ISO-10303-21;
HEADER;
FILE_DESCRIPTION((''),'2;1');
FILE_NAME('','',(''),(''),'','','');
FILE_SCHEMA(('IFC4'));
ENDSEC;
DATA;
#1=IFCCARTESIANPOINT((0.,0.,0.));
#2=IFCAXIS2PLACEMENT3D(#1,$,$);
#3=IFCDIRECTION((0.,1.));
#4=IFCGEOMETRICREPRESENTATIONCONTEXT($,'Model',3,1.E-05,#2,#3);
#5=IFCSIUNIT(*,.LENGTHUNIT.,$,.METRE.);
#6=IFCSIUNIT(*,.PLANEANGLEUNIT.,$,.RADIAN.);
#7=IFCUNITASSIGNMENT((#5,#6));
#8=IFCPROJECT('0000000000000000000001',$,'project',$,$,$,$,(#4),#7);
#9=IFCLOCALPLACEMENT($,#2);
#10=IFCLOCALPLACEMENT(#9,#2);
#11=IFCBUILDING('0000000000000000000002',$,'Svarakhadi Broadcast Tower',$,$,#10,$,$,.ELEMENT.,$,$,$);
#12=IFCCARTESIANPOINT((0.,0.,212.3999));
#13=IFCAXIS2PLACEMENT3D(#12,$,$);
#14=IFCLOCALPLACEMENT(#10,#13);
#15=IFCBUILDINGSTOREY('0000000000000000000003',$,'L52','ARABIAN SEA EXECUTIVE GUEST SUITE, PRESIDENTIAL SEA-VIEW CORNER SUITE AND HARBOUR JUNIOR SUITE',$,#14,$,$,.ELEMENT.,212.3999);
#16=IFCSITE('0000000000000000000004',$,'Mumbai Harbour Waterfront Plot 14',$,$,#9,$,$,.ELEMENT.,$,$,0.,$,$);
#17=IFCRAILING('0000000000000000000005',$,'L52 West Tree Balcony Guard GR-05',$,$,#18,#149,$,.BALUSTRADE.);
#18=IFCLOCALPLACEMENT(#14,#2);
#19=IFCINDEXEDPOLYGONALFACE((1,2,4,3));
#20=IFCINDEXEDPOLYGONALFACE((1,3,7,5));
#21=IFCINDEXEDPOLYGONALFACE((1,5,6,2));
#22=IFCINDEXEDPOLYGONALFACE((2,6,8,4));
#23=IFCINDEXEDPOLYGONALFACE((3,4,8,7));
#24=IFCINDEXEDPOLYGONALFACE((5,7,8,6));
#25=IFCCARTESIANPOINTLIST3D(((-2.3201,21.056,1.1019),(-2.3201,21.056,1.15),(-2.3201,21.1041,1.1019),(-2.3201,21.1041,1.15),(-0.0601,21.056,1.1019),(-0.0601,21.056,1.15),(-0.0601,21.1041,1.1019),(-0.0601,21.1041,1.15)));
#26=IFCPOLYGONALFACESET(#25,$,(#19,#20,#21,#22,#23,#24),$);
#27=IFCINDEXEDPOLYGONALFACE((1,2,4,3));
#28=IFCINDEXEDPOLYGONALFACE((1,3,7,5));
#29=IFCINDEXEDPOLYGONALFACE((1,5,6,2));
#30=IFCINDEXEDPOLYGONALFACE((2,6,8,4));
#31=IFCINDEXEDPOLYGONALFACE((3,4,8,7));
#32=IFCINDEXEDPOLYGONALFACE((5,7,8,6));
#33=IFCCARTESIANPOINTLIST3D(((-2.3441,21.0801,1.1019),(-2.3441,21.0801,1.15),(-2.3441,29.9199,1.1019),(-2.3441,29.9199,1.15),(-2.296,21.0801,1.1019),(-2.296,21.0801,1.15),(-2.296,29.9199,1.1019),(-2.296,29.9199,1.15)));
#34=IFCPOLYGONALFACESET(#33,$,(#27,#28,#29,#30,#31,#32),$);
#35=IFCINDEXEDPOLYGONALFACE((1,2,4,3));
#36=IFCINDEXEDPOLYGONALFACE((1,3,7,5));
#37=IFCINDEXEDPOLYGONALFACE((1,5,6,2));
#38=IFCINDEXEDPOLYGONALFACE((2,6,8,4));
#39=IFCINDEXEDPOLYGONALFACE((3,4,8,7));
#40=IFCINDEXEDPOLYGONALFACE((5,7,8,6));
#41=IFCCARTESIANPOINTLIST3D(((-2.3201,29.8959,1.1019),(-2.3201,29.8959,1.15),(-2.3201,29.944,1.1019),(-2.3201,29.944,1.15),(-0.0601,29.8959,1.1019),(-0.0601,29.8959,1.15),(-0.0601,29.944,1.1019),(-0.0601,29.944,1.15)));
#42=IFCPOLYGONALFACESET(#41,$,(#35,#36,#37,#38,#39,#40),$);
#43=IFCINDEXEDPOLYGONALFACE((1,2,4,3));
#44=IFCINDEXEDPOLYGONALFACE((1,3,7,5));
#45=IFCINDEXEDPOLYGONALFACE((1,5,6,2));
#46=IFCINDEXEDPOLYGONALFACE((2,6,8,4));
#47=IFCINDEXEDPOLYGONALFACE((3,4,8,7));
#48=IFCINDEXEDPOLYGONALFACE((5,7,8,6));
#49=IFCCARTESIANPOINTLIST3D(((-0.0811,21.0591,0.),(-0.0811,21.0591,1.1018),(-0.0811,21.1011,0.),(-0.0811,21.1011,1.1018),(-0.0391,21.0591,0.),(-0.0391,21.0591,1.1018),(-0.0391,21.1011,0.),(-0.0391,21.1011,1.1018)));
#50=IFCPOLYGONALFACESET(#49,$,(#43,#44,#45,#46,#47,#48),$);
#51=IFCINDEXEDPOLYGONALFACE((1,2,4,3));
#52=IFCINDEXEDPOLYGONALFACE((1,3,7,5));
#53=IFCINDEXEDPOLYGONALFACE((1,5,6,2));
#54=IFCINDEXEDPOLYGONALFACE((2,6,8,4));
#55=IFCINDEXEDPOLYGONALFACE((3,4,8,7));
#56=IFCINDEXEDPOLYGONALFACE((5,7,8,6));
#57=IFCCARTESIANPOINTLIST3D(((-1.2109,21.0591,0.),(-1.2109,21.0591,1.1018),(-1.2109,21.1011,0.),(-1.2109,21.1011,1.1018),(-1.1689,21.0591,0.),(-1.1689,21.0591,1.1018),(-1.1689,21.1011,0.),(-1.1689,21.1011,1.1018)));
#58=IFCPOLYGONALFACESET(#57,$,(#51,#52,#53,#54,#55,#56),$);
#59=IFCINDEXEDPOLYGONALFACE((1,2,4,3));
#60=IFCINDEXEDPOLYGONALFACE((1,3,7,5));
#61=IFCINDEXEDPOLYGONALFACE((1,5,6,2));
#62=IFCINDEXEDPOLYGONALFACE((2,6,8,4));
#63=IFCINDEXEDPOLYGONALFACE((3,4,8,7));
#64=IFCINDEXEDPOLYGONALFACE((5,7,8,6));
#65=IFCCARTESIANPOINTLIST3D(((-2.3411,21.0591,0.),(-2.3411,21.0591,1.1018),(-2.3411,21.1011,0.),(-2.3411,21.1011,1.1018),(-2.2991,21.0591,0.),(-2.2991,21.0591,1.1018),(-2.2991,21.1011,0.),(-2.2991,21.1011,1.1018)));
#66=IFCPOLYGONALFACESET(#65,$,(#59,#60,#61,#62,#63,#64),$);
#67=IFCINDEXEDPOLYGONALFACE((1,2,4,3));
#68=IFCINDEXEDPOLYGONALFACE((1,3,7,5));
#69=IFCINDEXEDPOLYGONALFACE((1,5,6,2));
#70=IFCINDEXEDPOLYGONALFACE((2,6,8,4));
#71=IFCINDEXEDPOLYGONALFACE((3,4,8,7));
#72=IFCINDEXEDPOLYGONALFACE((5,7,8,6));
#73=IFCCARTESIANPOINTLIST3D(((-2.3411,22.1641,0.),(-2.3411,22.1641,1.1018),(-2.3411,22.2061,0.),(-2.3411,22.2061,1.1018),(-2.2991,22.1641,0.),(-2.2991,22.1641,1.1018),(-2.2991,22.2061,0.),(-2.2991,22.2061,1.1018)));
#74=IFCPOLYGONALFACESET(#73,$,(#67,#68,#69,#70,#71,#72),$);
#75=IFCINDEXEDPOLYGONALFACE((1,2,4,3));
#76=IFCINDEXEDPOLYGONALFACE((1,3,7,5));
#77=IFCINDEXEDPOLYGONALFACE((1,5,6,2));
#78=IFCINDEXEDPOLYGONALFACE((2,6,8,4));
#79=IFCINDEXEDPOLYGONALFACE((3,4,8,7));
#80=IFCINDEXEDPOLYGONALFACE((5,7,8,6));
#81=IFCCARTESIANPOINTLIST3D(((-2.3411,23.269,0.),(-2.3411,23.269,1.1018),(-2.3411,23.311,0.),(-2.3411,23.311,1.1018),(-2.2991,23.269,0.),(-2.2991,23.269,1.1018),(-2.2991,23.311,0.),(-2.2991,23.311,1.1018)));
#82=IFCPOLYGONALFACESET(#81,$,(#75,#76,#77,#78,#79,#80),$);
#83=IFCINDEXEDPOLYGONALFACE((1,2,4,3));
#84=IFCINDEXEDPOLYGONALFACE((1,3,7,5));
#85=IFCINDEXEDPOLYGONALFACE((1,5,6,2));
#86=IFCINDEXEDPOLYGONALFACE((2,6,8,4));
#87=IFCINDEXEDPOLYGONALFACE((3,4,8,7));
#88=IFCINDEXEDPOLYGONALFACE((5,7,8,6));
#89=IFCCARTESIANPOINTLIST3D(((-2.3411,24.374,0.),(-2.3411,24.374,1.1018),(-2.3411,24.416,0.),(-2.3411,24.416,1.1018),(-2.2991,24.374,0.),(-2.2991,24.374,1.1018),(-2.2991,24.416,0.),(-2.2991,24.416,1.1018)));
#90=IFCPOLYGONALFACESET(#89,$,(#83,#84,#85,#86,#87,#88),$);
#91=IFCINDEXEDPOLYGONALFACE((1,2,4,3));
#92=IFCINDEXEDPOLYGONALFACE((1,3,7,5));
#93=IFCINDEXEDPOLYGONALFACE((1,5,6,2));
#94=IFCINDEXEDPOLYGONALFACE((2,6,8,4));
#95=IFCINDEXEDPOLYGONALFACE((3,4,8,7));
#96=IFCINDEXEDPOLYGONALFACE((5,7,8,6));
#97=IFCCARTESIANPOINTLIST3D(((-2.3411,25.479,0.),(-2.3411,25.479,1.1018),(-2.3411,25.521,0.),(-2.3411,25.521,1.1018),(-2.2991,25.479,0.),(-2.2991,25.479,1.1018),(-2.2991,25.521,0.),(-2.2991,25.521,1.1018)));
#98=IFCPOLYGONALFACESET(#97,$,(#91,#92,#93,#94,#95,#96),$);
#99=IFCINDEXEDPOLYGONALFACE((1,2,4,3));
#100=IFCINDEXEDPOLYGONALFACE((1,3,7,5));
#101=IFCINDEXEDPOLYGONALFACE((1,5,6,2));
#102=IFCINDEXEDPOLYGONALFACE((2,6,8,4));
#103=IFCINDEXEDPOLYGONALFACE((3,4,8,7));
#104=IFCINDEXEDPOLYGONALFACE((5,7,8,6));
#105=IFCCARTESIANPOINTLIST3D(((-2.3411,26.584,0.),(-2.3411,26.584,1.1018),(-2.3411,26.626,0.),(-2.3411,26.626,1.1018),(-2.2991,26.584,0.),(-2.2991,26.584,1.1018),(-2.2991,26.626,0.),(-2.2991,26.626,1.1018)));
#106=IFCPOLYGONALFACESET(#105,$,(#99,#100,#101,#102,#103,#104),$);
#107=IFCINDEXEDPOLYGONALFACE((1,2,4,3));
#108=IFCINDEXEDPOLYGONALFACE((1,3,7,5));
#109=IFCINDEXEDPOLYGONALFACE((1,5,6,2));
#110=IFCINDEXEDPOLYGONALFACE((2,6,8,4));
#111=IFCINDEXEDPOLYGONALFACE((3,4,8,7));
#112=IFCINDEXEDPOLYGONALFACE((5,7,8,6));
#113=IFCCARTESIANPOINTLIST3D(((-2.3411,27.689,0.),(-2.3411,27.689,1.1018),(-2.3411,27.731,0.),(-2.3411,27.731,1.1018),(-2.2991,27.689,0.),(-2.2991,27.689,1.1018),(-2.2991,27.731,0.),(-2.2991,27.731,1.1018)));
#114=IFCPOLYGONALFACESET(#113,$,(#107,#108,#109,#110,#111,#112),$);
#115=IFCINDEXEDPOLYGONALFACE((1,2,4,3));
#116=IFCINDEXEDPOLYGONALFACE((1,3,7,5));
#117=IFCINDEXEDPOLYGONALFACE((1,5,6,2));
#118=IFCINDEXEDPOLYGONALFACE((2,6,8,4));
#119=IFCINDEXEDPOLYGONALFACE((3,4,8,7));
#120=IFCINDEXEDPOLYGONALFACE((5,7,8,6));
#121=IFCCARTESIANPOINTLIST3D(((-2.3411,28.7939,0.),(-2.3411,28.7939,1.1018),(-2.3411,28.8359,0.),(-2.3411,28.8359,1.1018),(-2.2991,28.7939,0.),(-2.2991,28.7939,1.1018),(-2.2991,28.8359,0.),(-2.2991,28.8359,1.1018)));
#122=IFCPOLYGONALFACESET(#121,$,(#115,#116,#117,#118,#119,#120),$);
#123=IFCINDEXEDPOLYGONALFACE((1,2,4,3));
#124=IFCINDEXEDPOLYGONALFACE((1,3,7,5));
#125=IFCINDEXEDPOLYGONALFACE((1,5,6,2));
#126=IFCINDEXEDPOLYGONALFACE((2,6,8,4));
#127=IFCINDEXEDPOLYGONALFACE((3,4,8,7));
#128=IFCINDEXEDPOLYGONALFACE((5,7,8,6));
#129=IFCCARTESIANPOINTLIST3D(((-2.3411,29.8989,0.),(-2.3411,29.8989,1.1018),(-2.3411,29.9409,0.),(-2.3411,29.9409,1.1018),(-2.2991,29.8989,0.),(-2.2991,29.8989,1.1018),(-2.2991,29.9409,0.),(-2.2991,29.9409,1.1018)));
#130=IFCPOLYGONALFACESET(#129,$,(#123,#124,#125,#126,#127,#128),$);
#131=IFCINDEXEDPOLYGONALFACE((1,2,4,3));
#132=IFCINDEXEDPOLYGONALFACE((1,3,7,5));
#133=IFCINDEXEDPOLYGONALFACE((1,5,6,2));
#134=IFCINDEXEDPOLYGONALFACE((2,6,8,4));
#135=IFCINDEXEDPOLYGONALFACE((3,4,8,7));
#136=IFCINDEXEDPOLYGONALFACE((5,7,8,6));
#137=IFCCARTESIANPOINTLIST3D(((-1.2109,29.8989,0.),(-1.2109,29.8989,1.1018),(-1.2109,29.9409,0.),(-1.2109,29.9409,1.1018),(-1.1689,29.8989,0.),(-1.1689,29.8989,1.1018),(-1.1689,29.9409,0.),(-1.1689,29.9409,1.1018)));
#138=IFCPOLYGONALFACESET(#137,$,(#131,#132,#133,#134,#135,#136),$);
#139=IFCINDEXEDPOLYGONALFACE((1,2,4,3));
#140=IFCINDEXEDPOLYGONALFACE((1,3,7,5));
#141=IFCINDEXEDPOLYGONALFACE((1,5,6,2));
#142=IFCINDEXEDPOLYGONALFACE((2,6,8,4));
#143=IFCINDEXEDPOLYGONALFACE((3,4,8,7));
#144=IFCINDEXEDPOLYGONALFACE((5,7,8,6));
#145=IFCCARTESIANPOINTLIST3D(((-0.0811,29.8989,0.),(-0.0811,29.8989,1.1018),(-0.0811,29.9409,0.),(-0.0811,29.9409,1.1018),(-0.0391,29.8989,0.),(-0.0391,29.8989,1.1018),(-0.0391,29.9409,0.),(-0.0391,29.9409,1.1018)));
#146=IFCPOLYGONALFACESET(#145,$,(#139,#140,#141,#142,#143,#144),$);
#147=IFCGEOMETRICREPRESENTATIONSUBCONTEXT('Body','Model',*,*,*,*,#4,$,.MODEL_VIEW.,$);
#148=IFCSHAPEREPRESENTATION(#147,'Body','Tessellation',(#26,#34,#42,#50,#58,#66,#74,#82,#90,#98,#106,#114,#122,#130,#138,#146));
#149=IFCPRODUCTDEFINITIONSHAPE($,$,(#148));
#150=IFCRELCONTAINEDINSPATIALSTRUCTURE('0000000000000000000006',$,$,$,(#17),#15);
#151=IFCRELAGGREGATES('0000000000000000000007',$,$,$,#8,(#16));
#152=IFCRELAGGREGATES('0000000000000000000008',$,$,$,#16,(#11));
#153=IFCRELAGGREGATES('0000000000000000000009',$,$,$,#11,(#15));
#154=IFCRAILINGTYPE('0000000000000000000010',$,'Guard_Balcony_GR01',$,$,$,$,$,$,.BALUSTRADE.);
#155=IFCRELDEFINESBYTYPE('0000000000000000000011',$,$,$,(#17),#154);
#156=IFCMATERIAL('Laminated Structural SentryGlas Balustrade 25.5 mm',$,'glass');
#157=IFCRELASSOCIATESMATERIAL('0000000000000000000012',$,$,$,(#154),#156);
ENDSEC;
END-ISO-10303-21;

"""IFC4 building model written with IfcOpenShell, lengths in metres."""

from ifc_helpers import new_model, si_unit, direction, frame, origin, origin_2d, place, context, subcontext, project, spatial, rectangle, extrude, material, type_object, element, save


model = new_model("IFC4")

# Units and contexts
model_context = context("Model", 3, precision=1e-05, world=origin(), true_north=direction((0.0, 1.0)))
body_context = subcontext(model_context, "Body", "Model", "MODEL_VIEW")
ifc_project = project(units=[si_unit("LENGTHUNIT", "METRE"), si_unit("PLANEANGLEUNIT", "RADIAN")], contexts=[model_context])

# Site, building, storey
site_placement = place(None, origin())
site = spatial("IfcSite", under=ifc_project, at=site_placement, Name="Mumbai Harbour Waterfront Plot 14", CompositionType="ELEMENT", RefElevation=0.0)
building_placement = place(site_placement, origin())
building = spatial("IfcBuilding", under=site, at=building_placement, Name="Svarakhadi Broadcast Tower", CompositionType="ELEMENT")
storey_placement = place(building_placement, frame((0.0, 0.0, 212.3999)))
storey = spatial("IfcBuildingStorey", under=building, at=storey_placement, Name="L52", Description="ARABIAN SEA EXECUTIVE GUEST SUITE, PRESIDENTIAL SEA-VIEW CORNER SUITE AND HARBOUR JUNIOR SUITE", CompositionType="ELEMENT", Elevation=212.3999)

# Railing
ifc_material_1 = material(Name="Laminated Structural SentryGlas Balustrade 25.5 mm", Category="glass")
railing_type = type_object("IfcRailingType", Name="Guard_Balcony_GR01", PredefinedType="BALUSTRADE", material=ifc_material_1)
railing_placement = place(storey_placement, frame((-0.0601, 21.0801, 0.0)))
element("IfcRailing", 1, at=railing_placement, inside=storey, type_object=railing_type, Name="L52 West Tree Balcony Guard GR-05", PredefinedType="BALUSTRADE", context=body_context, shape_type="SweptSolid", body=[
    extrude(rectangle(XDim=0.0481, YDim=0.0481, at=origin_2d()), frame((0.0, 0.0, 1.126), z_axis=(-1.0, 0.0, 0.0), x_axis=(0.0, -1.0, 0.0)), (0.0, 0.0, 1.0), 2.26),
    extrude(rectangle(XDim=0.0481, YDim=0.0481, at=origin_2d()), frame((-2.26, 0.0, 1.126), z_axis=(0.0, 1.0, 0.0), x_axis=(-1.0, 0.0, 0.0)), (0.0, 0.0, 1.0), 8.8398),
    extrude(rectangle(XDim=0.0481, YDim=0.0481, at=origin_2d()), frame((-2.26, 8.8398, 1.126), z_axis=(1.0, 0.0, 0.0), x_axis=(0.0, 1.0, 0.0)), (0.0, 0.0, 1.0), 2.26),
    extrude(rectangle(XDim=0.042, YDim=0.042, at=origin_2d()), origin(), (0.0, 0.0, 1.0), 1.1018),
    extrude(rectangle(XDim=0.042, YDim=0.042, at=origin_2d()), frame((-1.1299, 0.0, 0.0)), (0.0, 0.0, 1.0), 1.1018),
    extrude(rectangle(XDim=0.042, YDim=0.042, at=origin_2d()), frame((-2.26, 0.0, 0.0)), (0.0, 0.0, 1.0), 1.1018),
    extrude(rectangle(XDim=0.042, YDim=0.042, at=origin_2d()), frame((-2.26, 1.105, 0.0)), (0.0, 0.0, 1.0), 1.1018),
    extrude(rectangle(XDim=0.042, YDim=0.042, at=origin_2d()), frame((-2.26, 2.21, 0.0)), (0.0, 0.0, 1.0), 1.1018),
    extrude(rectangle(XDim=0.042, YDim=0.042, at=origin_2d()), frame((-2.26, 3.3149, 0.0)), (0.0, 0.0, 1.0), 1.1018),
    extrude(rectangle(XDim=0.042, YDim=0.042, at=origin_2d()), frame((-2.26, 4.4199, 0.0)), (0.0, 0.0, 1.0), 1.1018),
    extrude(rectangle(XDim=0.042, YDim=0.042, at=origin_2d()), frame((-2.26, 5.5249, 0.0)), (0.0, 0.0, 1.0), 1.1018),
    extrude(rectangle(XDim=0.042, YDim=0.042, at=origin_2d()), frame((-2.26, 6.6299, 0.0)), (0.0, 0.0, 1.0), 1.1018),
    extrude(rectangle(XDim=0.042, YDim=0.042, at=origin_2d()), frame((-2.26, 7.7349, 0.0)), (0.0, 0.0, 1.0), 1.1018),
    extrude(rectangle(XDim=0.042, YDim=0.042, at=origin_2d()), frame((-2.26, 8.8398, 0.0)), (0.0, 0.0, 1.0), 1.1018),
    extrude(rectangle(XDim=0.042, YDim=0.042, at=origin_2d()), frame((-1.1299, 8.8398, 0.0)), (0.0, 0.0, 1.0), 1.1018),
    extrude(rectangle(XDim=0.042, YDim=0.042, at=origin_2d()), frame((0.0, 8.8398, 0.0)), (0.0, 0.0, 1.0), 1.1018),
])

save(model, "model.ifc")
